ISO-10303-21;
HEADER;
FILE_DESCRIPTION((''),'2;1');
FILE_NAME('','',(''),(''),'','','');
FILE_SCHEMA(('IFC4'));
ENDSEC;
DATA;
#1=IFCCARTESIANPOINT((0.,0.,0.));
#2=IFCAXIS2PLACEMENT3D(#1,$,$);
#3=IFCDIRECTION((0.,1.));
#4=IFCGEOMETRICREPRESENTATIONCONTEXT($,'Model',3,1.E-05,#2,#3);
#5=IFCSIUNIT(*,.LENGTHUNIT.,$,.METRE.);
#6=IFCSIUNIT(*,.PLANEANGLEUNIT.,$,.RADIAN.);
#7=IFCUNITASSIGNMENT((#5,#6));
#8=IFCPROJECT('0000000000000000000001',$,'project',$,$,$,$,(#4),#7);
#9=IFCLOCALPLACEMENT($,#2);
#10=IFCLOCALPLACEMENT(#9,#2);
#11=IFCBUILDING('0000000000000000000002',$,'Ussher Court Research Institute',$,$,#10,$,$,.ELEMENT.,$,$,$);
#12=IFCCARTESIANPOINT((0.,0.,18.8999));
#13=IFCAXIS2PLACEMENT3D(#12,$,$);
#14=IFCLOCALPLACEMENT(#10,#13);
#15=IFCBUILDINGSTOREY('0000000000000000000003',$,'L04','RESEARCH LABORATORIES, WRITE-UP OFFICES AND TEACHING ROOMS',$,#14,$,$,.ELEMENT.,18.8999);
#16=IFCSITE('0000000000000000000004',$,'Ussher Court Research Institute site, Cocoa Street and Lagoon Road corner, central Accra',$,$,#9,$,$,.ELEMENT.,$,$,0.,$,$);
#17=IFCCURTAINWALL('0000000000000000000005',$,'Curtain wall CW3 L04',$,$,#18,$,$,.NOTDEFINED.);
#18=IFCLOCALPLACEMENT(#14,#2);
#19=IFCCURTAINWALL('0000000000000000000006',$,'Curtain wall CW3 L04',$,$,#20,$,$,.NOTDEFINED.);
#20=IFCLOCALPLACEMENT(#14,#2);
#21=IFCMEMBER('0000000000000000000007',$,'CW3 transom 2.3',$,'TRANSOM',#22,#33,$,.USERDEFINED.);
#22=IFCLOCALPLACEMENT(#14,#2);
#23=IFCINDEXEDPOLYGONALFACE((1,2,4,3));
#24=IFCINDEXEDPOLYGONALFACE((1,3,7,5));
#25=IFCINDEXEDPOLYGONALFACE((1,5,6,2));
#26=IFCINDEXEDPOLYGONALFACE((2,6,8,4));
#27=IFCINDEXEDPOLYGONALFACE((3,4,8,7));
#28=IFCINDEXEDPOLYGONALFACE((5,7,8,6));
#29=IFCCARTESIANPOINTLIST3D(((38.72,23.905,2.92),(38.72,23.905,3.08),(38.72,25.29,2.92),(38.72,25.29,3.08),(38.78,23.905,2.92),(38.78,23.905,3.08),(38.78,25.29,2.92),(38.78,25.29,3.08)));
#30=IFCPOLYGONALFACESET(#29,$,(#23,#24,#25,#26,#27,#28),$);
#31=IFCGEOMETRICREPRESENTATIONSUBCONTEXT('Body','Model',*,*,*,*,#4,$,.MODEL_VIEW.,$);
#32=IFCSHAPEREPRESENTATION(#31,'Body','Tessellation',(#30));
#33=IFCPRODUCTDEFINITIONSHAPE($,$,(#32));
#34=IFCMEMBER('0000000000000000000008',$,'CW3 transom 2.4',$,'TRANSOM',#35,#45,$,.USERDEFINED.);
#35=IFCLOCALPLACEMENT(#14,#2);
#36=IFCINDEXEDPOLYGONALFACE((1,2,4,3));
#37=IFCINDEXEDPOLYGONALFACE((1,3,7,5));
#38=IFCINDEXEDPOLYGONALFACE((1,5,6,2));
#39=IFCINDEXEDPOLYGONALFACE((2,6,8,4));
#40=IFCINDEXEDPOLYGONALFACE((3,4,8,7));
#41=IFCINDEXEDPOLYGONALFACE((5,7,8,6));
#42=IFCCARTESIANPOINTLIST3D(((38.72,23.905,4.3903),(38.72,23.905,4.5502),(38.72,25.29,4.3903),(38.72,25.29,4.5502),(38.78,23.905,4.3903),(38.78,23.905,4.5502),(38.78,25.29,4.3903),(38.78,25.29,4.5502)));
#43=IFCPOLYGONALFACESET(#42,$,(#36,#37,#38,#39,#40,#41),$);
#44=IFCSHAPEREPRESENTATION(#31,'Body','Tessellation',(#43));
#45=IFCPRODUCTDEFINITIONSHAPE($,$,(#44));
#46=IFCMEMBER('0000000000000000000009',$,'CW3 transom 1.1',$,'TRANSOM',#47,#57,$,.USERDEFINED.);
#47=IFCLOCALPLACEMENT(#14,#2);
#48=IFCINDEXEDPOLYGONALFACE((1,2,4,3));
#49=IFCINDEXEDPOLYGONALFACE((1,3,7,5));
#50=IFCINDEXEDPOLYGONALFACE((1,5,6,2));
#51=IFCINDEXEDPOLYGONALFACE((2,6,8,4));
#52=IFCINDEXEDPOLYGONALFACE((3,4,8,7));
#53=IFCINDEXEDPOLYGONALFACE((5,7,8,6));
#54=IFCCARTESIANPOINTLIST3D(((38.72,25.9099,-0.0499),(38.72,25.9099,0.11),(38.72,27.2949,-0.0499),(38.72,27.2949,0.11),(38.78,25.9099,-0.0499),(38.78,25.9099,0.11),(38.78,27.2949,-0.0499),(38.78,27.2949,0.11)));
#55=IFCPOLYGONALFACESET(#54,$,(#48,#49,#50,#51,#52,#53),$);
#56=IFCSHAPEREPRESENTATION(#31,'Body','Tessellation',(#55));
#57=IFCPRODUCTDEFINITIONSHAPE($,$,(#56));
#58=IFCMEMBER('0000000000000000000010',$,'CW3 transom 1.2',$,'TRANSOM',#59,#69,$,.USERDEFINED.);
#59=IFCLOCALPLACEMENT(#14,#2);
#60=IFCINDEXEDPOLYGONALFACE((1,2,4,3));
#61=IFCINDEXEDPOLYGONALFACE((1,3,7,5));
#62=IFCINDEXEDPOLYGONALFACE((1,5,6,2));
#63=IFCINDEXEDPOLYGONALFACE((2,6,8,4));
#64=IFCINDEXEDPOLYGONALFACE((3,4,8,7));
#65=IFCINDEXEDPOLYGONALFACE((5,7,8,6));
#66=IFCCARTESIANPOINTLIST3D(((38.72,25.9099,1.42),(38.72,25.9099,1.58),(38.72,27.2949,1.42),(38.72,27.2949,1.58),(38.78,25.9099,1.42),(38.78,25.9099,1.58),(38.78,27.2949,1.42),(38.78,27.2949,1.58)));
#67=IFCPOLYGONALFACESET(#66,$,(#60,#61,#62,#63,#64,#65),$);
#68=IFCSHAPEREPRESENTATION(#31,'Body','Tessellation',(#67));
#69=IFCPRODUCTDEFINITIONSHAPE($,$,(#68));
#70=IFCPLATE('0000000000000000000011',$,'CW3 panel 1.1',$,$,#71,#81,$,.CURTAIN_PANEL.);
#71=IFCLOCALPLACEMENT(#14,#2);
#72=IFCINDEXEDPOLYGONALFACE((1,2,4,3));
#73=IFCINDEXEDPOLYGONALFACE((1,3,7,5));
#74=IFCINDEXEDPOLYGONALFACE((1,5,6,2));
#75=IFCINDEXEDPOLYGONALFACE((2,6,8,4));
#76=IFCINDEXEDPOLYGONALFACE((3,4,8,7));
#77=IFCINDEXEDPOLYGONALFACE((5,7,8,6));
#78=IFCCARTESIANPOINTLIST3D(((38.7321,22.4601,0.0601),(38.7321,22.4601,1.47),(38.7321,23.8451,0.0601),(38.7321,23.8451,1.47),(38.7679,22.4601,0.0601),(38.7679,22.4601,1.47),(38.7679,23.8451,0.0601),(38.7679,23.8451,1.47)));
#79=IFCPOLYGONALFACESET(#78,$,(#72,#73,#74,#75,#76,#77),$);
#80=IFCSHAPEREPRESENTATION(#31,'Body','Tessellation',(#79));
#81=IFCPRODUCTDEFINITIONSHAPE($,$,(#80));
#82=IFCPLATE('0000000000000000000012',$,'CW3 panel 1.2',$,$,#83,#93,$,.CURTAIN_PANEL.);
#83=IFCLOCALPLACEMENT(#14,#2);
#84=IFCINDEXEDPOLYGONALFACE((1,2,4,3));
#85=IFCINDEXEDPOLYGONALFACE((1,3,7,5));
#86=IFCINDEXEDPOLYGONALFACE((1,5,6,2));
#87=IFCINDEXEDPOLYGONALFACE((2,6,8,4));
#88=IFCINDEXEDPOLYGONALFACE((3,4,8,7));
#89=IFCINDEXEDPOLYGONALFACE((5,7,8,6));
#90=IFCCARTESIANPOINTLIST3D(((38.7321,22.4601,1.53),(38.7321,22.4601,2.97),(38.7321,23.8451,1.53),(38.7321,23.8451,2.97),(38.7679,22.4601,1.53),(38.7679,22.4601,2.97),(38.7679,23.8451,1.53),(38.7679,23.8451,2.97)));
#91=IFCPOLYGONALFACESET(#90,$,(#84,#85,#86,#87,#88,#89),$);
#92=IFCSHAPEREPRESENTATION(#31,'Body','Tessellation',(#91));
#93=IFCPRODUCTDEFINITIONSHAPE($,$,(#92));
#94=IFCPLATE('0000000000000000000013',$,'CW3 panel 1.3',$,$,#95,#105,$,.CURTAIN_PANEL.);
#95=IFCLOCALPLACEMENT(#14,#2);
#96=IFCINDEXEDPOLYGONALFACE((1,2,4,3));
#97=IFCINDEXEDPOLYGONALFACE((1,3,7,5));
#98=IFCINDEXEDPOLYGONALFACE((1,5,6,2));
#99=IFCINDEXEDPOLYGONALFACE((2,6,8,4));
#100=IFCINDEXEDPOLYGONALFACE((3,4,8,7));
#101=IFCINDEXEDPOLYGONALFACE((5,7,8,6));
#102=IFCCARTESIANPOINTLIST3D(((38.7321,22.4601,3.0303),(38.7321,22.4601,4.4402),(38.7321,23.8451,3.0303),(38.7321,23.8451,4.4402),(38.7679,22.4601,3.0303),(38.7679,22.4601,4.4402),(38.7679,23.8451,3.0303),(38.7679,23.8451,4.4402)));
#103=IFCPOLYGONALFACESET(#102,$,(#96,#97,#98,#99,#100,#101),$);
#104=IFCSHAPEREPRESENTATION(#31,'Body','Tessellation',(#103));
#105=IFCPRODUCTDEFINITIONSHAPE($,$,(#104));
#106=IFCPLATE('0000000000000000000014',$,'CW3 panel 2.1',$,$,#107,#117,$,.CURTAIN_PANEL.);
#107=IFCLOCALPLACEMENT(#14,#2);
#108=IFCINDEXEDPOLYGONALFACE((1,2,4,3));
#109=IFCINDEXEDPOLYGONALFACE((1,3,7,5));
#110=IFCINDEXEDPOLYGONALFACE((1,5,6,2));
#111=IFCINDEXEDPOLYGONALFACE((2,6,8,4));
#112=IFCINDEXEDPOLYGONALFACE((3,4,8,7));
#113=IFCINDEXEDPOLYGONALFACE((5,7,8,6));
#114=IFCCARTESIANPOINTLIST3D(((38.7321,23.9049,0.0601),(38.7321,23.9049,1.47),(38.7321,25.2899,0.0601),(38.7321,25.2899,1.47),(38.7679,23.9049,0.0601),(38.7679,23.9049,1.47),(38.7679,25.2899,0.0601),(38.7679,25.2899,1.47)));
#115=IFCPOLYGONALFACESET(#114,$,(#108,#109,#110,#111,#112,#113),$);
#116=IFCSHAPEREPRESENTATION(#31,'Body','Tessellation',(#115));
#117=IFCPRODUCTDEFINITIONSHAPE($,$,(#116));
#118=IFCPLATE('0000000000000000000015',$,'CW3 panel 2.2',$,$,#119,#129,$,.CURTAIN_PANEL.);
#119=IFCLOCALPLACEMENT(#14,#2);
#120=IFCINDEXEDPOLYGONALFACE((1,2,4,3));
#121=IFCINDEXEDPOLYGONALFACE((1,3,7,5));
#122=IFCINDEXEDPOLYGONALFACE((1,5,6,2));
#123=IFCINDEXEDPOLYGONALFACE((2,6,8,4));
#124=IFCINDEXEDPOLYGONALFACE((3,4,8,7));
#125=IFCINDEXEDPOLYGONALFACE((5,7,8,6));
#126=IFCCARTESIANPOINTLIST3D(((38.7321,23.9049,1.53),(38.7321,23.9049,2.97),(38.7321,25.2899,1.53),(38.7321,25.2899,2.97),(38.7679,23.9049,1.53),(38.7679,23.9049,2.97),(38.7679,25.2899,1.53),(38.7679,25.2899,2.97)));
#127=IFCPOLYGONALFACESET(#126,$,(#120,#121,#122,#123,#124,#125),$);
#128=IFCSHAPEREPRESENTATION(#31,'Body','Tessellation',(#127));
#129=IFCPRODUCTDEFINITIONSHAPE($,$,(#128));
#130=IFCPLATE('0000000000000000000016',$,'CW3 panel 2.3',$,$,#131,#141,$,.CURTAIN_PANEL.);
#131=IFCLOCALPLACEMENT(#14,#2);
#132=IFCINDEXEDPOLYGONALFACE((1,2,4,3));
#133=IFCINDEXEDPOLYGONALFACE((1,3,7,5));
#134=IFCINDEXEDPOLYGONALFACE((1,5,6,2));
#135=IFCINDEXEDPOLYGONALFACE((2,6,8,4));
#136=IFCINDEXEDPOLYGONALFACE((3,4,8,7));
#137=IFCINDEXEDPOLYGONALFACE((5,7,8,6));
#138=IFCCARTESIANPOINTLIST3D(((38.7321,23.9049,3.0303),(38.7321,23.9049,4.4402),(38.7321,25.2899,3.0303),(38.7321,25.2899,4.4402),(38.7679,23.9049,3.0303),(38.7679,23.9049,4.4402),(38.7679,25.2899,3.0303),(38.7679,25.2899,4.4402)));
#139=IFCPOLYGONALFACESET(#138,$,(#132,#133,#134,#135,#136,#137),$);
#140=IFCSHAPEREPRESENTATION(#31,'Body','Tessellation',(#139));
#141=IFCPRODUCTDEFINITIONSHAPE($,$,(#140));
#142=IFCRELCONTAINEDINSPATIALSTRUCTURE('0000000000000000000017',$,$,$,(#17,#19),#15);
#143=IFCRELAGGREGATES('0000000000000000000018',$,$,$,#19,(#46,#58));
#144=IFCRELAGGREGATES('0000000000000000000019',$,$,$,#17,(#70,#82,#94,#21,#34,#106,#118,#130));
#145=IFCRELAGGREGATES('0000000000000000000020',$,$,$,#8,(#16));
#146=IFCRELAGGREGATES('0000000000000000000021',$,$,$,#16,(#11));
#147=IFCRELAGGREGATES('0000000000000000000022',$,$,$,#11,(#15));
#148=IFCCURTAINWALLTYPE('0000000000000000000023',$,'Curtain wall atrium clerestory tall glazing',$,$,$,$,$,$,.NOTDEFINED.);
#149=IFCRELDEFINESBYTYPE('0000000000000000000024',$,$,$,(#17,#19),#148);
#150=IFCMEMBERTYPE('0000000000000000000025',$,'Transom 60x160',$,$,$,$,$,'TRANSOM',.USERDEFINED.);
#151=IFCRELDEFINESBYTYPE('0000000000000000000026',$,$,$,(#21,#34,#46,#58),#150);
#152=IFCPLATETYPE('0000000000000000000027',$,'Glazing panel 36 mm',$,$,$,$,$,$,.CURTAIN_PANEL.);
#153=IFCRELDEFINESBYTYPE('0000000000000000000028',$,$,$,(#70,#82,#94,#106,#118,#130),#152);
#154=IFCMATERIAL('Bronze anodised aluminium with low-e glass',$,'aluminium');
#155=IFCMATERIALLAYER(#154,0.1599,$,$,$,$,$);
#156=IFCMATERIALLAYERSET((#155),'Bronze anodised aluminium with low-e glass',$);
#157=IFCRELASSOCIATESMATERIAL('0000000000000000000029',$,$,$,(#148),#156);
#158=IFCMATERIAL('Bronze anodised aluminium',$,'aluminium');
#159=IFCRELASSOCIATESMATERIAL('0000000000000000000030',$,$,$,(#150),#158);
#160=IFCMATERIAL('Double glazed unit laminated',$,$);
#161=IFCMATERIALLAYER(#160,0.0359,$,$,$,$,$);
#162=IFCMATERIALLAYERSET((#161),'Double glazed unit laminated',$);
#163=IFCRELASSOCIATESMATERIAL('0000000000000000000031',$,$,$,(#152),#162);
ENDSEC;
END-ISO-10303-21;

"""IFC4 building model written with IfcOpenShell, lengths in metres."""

from ifc_helpers import new_model, si_unit, direction, frame, origin, origin_2d, place, context, subcontext, project, spatial, rectangle, extrude, material, layer, layer_set, material_profile, profile_set, type_object, element, aggregate, save


model = new_model("IFC4")

# Units and contexts
model_context = context("Model", 3, precision=1e-05, world=origin(), true_north=direction((0.0, 1.0)))
body_context = subcontext(model_context, "Body", "Model", "MODEL_VIEW")
ifc_project = project(units=[si_unit("LENGTHUNIT", "METRE"), si_unit("PLANEANGLEUNIT", "RADIAN")], contexts=[model_context])

# Site, building, storey
site_placement = place(None, origin())
site = spatial("IfcSite", under=ifc_project, at=site_placement, Name="Ussher Court Research Institute site, Cocoa Street and Lagoon Road corner, central Accra", CompositionType="ELEMENT", RefElevation=0.0)
building_placement = place(site_placement, origin())
building = spatial("IfcBuilding", under=site, at=building_placement, Name="Ussher Court Research Institute", CompositionType="ELEMENT")
storey_placement = place(building_placement, frame((0.0, 0.0, 18.8999)))
storey = spatial("IfcBuildingStorey", under=building, at=storey_placement, Name="L04", Description="RESEARCH LABORATORIES, WRITE-UP OFFICES AND TEACHING ROOMS", CompositionType="ELEMENT", Elevation=18.8999)

# Curtain wall
ifc_material_1 = material(Name="Bronze anodised aluminium with low-e glass", Category="aluminium")
ifc_layer_1 = layer(ifc_material_1, 0.1599)
ifc_layer_set_1 = layer_set([ifc_layer_1], Name="Bronze anodised aluminium with low-e glass")
curtain_wall_type = type_object("IfcCurtainWallType", Name="Curtain wall atrium clerestory tall glazing", PredefinedType="NOTDEFINED", material=ifc_layer_set_1)
curtain_wall_1_placement = place(storey_placement, origin())
curtain_wall_1 = element("IfcCurtainWall", 1, at=curtain_wall_1_placement, inside=storey, type_object=curtain_wall_type, Name="Curtain wall CW3 L04", PredefinedType="NOTDEFINED")

# Curtain wall
curtain_wall_2_placement = place(storey_placement, origin())
curtain_wall_2 = element("IfcCurtainWall", 2, at=curtain_wall_2_placement, inside=storey, type_object=curtain_wall_type, Name="Curtain wall CW3 L04", PredefinedType="NOTDEFINED")

# Members
ifc_material_2 = material(Name="Bronze anodised aluminium", Category="aluminium")
ifc_material_profile_1 = material_profile(ifc_material_2, rectangle(XDim=0.0601, YDim=0.1599, at=origin_2d()), Name="Transom 60x160")
ifc_profile_set_1 = profile_set([ifc_material_profile_1], Name="Bronze anodised aluminium")
member_type_1 = type_object("IfcMemberType", Name="Transom 60x160", ElementType="TRANSOM", PredefinedType="USERDEFINED", material=ifc_profile_set_1)
member_1_placement = place(storey_placement, frame((38.75, 23.905, 3.0), z_axis=(0.0, 1.0, 0.0), x_axis=(-1.0, 0.0, 0.0)))
member_1 = element("IfcMember", 3, at=member_1_placement, type_object=member_type_1, Name="CW3 transom 2.3", ObjectType="TRANSOM", PredefinedType="USERDEFINED", context=body_context, shape_type="SweptSolid", body=[
    extrude(rectangle(XDim=0.0601, YDim=0.1599, at=origin_2d()), origin(), (0.0, 0.0, 1.0), 1.385),
])
member_2_placement = place(storey_placement, frame((38.75, 23.905, 4.4702), z_axis=(0.0, 1.0, 0.0), x_axis=(-1.0, 0.0, 0.0)))
member_2 = element("IfcMember", 4, at=member_2_placement, type_object=member_type_1, Name="CW3 transom 2.4", ObjectType="TRANSOM", PredefinedType="USERDEFINED", context=body_context, shape_type="SweptSolid", body=[
    extrude(rectangle(XDim=0.0601, YDim=0.1599, at=origin_2d()), origin(), (0.0, 0.0, 1.0), 1.385),
])
member_3_placement = place(storey_placement, frame((38.75, 25.9099, 0.03), z_axis=(0.0, 1.0, 0.0), x_axis=(-1.0, 0.0, 0.0)))
member_3 = element("IfcMember", 5, at=member_3_placement, type_object=member_type_1, Name="CW3 transom 1.1", ObjectType="TRANSOM", PredefinedType="USERDEFINED", context=body_context, shape_type="SweptSolid", body=[
    extrude(rectangle(XDim=0.0601, YDim=0.1599, at=origin_2d()), origin(), (0.0, 0.0, 1.0), 1.385),
])
member_4_placement = place(storey_placement, frame((38.75, 25.9099, 1.5), z_axis=(0.0, 1.0, 0.0), x_axis=(-1.0, 0.0, 0.0)))
member_4 = element("IfcMember", 6, at=member_4_placement, type_object=member_type_1, Name="CW3 transom 1.2", ObjectType="TRANSOM", PredefinedType="USERDEFINED", context=body_context, shape_type="SweptSolid", body=[
    extrude(rectangle(XDim=0.0601, YDim=0.1599, at=origin_2d()), origin(), (0.0, 0.0, 1.0), 1.385),
])
aggregate(curtain_wall_2, [member_3, member_4])

# Plates
ifc_material_3 = material(Name="Double glazed unit laminated")
ifc_layer_2 = layer(ifc_material_3, 0.0359)
ifc_layer_set_2 = layer_set([ifc_layer_2], Name="Double glazed unit laminated")
plate_type = type_object("IfcPlateType", Name="Glazing panel 36 mm", PredefinedType="CURTAIN_PANEL", material=ifc_layer_set_2)
plate_1_placement = place(storey_placement, frame((38.75, 23.1526, 0.0601), z_axis=(0.0, 0.0, 1.0), x_axis=(0.0, 1.0, 0.0)))
plate_1 = element("IfcPlate", 7, at=plate_1_placement, type_object=plate_type, Name="CW3 panel 1.1", PredefinedType="CURTAIN_PANEL", context=body_context, shape_type="SweptSolid", body=[
    extrude(rectangle(XDim=1.385, YDim=0.0359, at=origin_2d()), origin(), (0.0, 0.0, 1.0), 1.4099),
])
plate_2_placement = place(storey_placement, frame((38.75, 23.1526, 1.53), z_axis=(0.0, 0.0, 1.0), x_axis=(0.0, 1.0, 0.0)))
plate_2 = element("IfcPlate", 8, at=plate_2_placement, type_object=plate_type, Name="CW3 panel 1.2", PredefinedType="CURTAIN_PANEL", context=body_context, shape_type="SweptSolid", body=[
    extrude(rectangle(XDim=1.385, YDim=0.0359, at=origin_2d()), origin(), (0.0, 0.0, 1.0), 1.4399),
])
plate_3_placement = place(storey_placement, frame((38.75, 23.1526, 3.0303), z_axis=(0.0, 0.0, 1.0), x_axis=(0.0, 1.0, 0.0)))
plate_3 = element("IfcPlate", 9, at=plate_3_placement, type_object=plate_type, Name="CW3 panel 1.3", PredefinedType="CURTAIN_PANEL", context=body_context, shape_type="SweptSolid", body=[
    extrude(rectangle(XDim=1.385, YDim=0.0359, at=origin_2d()), origin(), (0.0, 0.0, 1.0), 1.4099),
])
plate_4_placement = place(storey_placement, frame((38.75, 24.5974, 0.0601), z_axis=(0.0, 0.0, 1.0), x_axis=(0.0, 1.0, 0.0)))
plate_4 = element("IfcPlate", 10, at=plate_4_placement, type_object=plate_type, Name="CW3 panel 2.1", PredefinedType="CURTAIN_PANEL", context=body_context, shape_type="SweptSolid", body=[
    extrude(rectangle(XDim=1.385, YDim=0.0359, at=origin_2d()), origin(), (0.0, 0.0, 1.0), 1.4099),
])
plate_5_placement = place(storey_placement, frame((38.75, 24.5974, 1.53), z_axis=(0.0, 0.0, 1.0), x_axis=(0.0, 1.0, 0.0)))
plate_5 = element("IfcPlate", 11, at=plate_5_placement, type_object=plate_type, Name="CW3 panel 2.2", PredefinedType="CURTAIN_PANEL", context=body_context, shape_type="SweptSolid", body=[
    extrude(rectangle(XDim=1.385, YDim=0.0359, at=origin_2d()), origin(), (0.0, 0.0, 1.0), 1.4399),
])
plate_6_placement = place(storey_placement, frame((38.75, 24.5974, 3.0303), z_axis=(0.0, 0.0, 1.0), x_axis=(0.0, 1.0, 0.0)))
plate_6 = element("IfcPlate", 12, at=plate_6_placement, type_object=plate_type, Name="CW3 panel 2.3", PredefinedType="CURTAIN_PANEL", context=body_context, shape_type="SweptSolid", body=[
    extrude(rectangle(XDim=1.385, YDim=0.0359, at=origin_2d()), origin(), (0.0, 0.0, 1.0), 1.4099),
])
aggregate(curtain_wall_1, [plate_1, plate_2, plate_3, member_1, member_2, plate_4, plate_5, plate_6])

save(model, "model.ifc")
